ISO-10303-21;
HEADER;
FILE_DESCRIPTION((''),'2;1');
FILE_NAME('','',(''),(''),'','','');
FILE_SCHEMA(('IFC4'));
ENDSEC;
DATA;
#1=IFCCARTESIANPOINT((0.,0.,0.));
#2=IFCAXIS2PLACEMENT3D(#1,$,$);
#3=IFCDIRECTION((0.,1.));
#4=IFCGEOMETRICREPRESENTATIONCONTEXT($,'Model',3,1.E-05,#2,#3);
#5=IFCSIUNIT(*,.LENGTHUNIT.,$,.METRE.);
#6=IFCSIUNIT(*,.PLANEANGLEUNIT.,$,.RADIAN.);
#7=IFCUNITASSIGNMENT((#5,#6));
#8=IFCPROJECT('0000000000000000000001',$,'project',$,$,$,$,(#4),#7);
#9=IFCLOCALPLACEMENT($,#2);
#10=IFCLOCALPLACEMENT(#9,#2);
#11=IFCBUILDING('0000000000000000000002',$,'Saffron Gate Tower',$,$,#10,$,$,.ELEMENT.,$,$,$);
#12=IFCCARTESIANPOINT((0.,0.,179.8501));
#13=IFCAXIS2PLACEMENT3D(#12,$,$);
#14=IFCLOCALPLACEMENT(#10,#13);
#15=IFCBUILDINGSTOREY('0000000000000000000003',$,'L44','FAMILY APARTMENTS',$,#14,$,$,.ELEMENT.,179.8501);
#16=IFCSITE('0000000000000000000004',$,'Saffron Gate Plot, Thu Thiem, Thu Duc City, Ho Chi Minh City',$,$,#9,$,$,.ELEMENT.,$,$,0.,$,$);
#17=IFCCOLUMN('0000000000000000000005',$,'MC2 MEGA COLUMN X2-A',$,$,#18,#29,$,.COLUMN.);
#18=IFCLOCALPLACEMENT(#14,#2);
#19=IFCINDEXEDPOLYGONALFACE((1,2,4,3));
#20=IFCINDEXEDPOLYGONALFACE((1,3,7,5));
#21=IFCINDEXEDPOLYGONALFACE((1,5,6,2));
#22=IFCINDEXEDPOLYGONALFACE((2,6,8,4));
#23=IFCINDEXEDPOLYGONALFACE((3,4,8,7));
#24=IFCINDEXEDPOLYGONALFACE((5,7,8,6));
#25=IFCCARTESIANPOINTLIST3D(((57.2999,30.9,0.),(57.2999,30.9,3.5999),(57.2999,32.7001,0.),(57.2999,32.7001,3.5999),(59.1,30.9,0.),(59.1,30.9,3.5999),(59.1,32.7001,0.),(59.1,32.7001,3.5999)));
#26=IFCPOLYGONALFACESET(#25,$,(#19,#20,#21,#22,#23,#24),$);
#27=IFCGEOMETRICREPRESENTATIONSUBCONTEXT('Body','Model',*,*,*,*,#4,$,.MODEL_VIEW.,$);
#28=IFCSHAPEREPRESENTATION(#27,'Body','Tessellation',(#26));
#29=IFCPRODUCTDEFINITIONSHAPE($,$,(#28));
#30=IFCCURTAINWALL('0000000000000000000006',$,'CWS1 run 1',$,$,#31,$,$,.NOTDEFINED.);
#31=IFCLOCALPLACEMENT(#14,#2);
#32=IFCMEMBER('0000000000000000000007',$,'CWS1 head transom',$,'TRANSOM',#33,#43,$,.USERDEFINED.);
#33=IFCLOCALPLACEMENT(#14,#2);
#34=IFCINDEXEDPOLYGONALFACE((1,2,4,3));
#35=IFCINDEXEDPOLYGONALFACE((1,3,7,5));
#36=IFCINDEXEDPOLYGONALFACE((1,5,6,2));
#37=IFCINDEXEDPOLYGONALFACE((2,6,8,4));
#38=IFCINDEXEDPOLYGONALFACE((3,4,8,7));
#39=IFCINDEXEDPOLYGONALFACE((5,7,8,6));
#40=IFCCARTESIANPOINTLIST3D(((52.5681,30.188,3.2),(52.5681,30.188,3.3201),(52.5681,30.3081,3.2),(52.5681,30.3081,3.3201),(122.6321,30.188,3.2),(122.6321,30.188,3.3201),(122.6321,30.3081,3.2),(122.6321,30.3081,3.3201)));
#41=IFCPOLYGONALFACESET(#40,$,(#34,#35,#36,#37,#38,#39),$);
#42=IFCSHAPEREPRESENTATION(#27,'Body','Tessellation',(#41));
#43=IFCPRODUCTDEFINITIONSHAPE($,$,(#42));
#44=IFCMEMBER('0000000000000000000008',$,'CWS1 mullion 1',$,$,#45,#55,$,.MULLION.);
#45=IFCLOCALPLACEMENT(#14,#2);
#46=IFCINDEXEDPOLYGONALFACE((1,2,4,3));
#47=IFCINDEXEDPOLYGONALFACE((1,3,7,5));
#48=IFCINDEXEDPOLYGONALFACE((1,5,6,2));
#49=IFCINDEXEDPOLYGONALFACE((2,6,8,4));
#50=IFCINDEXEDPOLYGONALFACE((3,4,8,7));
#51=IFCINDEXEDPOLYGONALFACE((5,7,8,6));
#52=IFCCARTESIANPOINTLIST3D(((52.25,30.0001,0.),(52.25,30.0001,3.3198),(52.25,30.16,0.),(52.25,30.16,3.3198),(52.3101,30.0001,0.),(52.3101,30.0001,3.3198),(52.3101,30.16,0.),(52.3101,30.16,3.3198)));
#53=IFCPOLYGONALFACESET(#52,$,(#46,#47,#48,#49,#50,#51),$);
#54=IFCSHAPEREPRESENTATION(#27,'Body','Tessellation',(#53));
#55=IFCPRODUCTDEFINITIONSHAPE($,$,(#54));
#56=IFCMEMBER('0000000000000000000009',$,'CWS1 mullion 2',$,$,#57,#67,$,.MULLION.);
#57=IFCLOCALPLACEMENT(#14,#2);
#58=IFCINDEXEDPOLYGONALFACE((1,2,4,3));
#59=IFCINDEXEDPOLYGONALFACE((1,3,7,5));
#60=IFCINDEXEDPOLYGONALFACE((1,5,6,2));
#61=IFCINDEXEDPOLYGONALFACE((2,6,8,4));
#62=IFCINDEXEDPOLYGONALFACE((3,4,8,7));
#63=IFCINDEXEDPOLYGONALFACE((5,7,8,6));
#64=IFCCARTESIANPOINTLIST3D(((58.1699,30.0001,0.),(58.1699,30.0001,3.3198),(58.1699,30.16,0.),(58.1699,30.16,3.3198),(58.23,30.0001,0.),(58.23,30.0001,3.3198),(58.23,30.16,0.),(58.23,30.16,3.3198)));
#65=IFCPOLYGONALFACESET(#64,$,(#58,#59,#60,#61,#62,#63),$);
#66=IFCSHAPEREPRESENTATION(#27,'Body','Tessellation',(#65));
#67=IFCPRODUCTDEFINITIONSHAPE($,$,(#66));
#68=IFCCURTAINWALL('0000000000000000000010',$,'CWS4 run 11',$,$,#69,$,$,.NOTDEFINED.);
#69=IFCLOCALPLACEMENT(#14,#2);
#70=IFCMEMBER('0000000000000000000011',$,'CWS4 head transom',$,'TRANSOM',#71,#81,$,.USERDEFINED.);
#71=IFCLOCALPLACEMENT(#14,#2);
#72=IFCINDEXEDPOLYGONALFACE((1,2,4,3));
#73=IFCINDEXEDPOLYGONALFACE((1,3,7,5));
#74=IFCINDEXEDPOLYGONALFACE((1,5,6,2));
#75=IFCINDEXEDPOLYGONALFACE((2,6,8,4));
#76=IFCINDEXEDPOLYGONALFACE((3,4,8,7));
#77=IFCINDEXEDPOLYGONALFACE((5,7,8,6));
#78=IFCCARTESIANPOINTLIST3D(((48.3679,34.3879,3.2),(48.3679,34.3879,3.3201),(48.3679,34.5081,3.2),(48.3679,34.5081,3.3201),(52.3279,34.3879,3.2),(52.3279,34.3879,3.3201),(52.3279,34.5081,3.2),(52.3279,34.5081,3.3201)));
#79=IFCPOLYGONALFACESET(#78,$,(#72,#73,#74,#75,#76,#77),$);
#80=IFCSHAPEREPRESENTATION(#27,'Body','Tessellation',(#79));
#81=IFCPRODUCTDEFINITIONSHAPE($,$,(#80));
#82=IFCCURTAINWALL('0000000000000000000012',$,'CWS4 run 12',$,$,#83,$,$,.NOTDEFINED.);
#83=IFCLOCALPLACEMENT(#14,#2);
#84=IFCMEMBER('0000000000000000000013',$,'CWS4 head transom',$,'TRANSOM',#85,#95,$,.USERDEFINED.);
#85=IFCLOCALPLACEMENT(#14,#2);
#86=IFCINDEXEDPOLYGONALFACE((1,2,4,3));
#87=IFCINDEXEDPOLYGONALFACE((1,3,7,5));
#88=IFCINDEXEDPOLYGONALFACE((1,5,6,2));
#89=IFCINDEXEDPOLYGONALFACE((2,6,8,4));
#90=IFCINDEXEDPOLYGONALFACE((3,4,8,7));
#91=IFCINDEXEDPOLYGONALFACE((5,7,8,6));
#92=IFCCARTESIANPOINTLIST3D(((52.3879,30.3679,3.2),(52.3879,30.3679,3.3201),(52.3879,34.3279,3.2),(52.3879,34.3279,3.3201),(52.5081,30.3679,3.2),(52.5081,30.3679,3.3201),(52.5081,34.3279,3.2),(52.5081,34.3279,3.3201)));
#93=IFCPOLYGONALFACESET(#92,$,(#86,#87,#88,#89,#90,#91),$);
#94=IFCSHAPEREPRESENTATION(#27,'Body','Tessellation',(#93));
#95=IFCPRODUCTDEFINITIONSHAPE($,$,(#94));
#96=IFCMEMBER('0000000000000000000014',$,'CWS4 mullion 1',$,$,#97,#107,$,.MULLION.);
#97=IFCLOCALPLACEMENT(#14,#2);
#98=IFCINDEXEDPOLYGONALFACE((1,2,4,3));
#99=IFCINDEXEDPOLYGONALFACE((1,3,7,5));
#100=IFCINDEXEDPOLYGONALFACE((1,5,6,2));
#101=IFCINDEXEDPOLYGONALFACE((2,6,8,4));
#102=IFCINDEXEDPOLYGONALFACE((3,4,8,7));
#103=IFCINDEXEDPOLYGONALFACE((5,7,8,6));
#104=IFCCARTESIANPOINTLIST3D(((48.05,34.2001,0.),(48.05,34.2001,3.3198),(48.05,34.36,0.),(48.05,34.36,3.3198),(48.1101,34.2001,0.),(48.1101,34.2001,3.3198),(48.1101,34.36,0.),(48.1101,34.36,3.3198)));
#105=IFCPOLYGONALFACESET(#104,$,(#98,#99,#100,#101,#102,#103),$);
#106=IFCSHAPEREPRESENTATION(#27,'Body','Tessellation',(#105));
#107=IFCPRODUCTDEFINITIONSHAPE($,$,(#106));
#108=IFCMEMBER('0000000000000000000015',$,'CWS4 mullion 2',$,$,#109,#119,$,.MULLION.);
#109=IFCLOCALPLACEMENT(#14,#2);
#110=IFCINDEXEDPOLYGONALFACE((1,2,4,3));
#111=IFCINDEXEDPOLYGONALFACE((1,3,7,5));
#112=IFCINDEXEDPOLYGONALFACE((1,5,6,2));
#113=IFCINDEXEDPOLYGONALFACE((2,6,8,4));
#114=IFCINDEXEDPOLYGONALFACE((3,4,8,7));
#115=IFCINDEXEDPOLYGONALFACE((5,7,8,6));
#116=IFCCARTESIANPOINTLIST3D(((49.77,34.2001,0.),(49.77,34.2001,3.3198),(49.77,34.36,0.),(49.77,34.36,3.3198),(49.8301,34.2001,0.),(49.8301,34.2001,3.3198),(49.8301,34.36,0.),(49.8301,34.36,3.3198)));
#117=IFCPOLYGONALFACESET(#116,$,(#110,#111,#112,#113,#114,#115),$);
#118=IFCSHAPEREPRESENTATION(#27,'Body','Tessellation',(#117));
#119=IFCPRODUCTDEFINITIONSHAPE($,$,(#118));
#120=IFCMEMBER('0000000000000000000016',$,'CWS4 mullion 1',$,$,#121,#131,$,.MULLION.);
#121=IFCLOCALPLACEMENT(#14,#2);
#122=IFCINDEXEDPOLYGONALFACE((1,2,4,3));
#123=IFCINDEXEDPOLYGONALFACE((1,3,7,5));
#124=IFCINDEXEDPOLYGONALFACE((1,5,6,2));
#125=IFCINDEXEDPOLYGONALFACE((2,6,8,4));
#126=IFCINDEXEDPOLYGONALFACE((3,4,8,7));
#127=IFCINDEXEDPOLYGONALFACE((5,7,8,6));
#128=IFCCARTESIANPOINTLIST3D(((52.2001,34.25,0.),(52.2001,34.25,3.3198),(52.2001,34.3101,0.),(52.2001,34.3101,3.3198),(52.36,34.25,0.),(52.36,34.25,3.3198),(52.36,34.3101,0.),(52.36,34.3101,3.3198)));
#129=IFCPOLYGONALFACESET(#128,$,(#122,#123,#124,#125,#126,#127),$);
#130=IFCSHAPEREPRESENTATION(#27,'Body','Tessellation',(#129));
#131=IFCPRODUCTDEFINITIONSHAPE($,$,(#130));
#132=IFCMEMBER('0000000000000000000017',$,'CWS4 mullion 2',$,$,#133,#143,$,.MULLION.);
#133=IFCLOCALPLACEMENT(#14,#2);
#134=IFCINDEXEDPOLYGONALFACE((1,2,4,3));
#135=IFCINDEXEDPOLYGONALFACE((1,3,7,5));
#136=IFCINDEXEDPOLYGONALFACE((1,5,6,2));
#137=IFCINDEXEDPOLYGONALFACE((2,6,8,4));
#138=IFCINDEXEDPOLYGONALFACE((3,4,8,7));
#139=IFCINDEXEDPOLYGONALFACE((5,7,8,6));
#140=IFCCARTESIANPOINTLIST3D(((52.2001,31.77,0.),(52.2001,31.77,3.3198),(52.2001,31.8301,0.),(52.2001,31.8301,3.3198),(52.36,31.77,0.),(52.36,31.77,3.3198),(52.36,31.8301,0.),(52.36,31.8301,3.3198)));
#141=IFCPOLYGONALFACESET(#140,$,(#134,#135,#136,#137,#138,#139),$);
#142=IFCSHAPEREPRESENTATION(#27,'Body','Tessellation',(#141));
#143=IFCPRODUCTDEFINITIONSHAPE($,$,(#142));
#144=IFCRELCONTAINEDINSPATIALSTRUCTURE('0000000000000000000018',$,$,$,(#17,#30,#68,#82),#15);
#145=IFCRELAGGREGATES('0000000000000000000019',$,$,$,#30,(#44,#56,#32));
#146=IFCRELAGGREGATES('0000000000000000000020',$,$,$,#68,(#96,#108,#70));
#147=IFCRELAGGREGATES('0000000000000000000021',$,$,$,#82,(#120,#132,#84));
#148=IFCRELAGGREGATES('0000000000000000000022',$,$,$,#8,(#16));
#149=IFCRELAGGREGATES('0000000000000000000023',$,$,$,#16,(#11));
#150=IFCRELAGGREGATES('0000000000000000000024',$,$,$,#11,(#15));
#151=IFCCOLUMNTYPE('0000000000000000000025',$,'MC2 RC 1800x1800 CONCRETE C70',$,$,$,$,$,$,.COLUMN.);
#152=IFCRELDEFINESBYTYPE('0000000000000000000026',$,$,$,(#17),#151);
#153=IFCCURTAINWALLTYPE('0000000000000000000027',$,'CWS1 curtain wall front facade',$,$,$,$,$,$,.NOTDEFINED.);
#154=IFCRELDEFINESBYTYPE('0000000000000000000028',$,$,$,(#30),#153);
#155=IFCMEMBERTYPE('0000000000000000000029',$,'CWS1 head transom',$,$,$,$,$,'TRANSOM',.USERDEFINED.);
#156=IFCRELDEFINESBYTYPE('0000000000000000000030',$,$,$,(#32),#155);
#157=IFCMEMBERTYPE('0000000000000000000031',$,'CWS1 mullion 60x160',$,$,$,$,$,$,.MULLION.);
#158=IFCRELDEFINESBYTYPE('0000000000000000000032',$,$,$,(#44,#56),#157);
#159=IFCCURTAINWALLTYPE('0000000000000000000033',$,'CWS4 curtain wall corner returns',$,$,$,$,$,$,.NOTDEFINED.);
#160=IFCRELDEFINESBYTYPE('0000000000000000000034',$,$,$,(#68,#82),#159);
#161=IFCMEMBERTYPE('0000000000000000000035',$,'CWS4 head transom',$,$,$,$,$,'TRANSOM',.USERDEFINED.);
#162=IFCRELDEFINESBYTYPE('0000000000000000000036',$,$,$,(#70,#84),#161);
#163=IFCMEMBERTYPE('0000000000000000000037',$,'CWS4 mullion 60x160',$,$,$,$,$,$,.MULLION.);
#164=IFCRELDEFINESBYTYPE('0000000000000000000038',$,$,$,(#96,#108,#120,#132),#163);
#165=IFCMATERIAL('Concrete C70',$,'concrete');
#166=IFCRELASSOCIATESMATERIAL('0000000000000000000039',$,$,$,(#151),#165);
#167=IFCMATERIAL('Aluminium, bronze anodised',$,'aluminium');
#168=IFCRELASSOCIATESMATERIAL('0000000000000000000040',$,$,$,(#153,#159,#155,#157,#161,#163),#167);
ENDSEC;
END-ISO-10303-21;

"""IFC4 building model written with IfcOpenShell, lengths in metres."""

from ifc_helpers import new_model, si_unit, direction, frame, origin, origin_2d, place, context, subcontext, project, spatial, rectangle, extrude, material, material_profile, profile_set, type_object, element, aggregate, save


model = new_model("IFC4")

# Units and contexts
model_context = context("Model", 3, precision=1e-05, world=origin(), true_north=direction((0.0, 1.0)))
body_context = subcontext(model_context, "Body", "Model", "MODEL_VIEW")
ifc_project = project(units=[si_unit("LENGTHUNIT", "METRE"), si_unit("PLANEANGLEUNIT", "RADIAN")], contexts=[model_context])

# Site, building, storey
site_placement = place(None, origin())
site = spatial("IfcSite", under=ifc_project, at=site_placement, Name="Saffron Gate Plot, Thu Thiem, Thu Duc City, Ho Chi Minh City", CompositionType="ELEMENT", RefElevation=0.0)
building_placement = place(site_placement, origin())
building = spatial("IfcBuilding", under=site, at=building_placement, Name="Saffron Gate Tower", CompositionType="ELEMENT")
storey_placement = place(building_placement, frame((0.0, 0.0, 179.8501)))
storey = spatial("IfcBuildingStorey", under=building, at=storey_placement, Name="L44", Description="FAMILY APARTMENTS", CompositionType="ELEMENT", Elevation=179.8501)

# Column
ifc_material_1 = material(Name="Concrete C70", Category="concrete")
ifc_material_profile_1 = material_profile(ifc_material_1, rectangle(XDim=1.8, YDim=1.8, at=origin_2d()))
ifc_profile_set_1 = profile_set([ifc_material_profile_1], Name="Concrete C70")
column_type = type_object("IfcColumnType", Name="MC2 RC 1800x1800 CONCRETE C70", PredefinedType="COLUMN", material=ifc_profile_set_1)
column_placement = place(storey_placement, frame((58.2, 31.8, 0.0), z_axis=(0.0, 0.0, 1.0), x_axis=(1.0, 0.0, 0.0)))
element("IfcColumn", 1, at=column_placement, inside=storey, type_object=column_type, Name="MC2 MEGA COLUMN X2-A", PredefinedType="COLUMN", context=body_context, shape_type="SweptSolid", body=[
    extrude(rectangle(XDim=1.8, YDim=1.8, at=origin_2d()), origin(), (0.0, 0.0, 1.0), 3.5999),
])

# Curtain wall, members
ifc_material_2 = material(Name="Aluminium, bronze anodised", Category="aluminium")
curtain_wall_type_1 = type_object("IfcCurtainWallType", Name="CWS1 curtain wall front facade", PredefinedType="NOTDEFINED", material=ifc_material_2)
curtain_wall_1_placement = place(storey_placement, origin())
curtain_wall_1 = element("IfcCurtainWall", 2, at=curtain_wall_1_placement, inside=storey, type_object=curtain_wall_type_1, Name="CWS1 run 1", PredefinedType="NOTDEFINED")
ifc_material_profile_2 = material_profile(ifc_material_2, rectangle(XDim=0.1201, YDim=0.1201, at=origin_2d()))
ifc_profile_set_2 = profile_set([ifc_material_profile_2], Name="Aluminium, bronze anodised")
member_type_1 = type_object("IfcMemberType", Name="CWS1 head transom", ElementType="TRANSOM", PredefinedType="USERDEFINED", material=ifc_profile_set_2)
member_1_placement = place(storey_placement, frame((52.5681, 30.248, 3.26), z_axis=(1.0, 0.0, 0.0), x_axis=(0.0, 1.0, 0.0)))
member_1 = element("IfcMember", 3, at=member_1_placement, type_object=member_type_1, Name="CWS1 head transom", ObjectType="TRANSOM", PredefinedType="USERDEFINED", context=body_context, shape_type="SweptSolid", body=[
    extrude(rectangle(XDim=0.1201, YDim=0.1201, at=origin_2d()), origin(), (0.0, 0.0, 1.0), 70.064),
])
ifc_material_profile_3 = material_profile(ifc_material_2, rectangle(XDim=0.1599, YDim=0.0601, at=origin_2d()))
ifc_profile_set_3 = profile_set([ifc_material_profile_3], Name="Aluminium, bronze anodised")
member_type_2 = type_object("IfcMemberType", Name="CWS1 mullion 60x160", PredefinedType="MULLION", material=ifc_profile_set_3)
member_2_placement = place(storey_placement, frame((52.28, 30.0801, 0.0), z_axis=(0.0, 0.0, 1.0), x_axis=(0.0, 1.0, 0.0)))
member_2 = element("IfcMember", 4, at=member_2_placement, type_object=member_type_2, Name="CWS1 mullion 1", PredefinedType="MULLION", context=body_context, shape_type="SweptSolid", body=[
    extrude(rectangle(XDim=0.1599, YDim=0.0601, at=origin_2d()), origin(), (0.0, 0.0, 1.0), 3.3198),
])
member_3_placement = place(storey_placement, frame((58.2, 30.0801, 0.0), z_axis=(0.0, 0.0, 1.0), x_axis=(0.0, 1.0, 0.0)))
member_3 = element("IfcMember", 5, at=member_3_placement, type_object=member_type_2, Name="CWS1 mullion 2", PredefinedType="MULLION", context=body_context, shape_type="SweptSolid", body=[
    extrude(rectangle(XDim=0.1599, YDim=0.0601, at=origin_2d()), origin(), (0.0, 0.0, 1.0), 3.3198),
])

# Curtain walls, members
curtain_wall_type_2 = type_object("IfcCurtainWallType", Name="CWS4 curtain wall corner returns", PredefinedType="NOTDEFINED", material=ifc_material_2)
curtain_wall_2_placement = place(storey_placement, origin())
curtain_wall_2 = element("IfcCurtainWall", 6, at=curtain_wall_2_placement, inside=storey, type_object=curtain_wall_type_2, Name="CWS4 run 11", PredefinedType="NOTDEFINED")
ifc_material_profile_4 = material_profile(ifc_material_2, rectangle(XDim=0.1201, YDim=0.1201, at=origin_2d()))
ifc_profile_set_4 = profile_set([ifc_material_profile_4], Name="Aluminium, bronze anodised")
member_type_3 = type_object("IfcMemberType", Name="CWS4 head transom", ElementType="TRANSOM", PredefinedType="USERDEFINED", material=ifc_profile_set_4)
member_4_placement = place(storey_placement, frame((48.3679, 34.448, 3.26), z_axis=(1.0, 0.0, 0.0), x_axis=(0.0, 1.0, 0.0)))
member_4 = element("IfcMember", 7, at=member_4_placement, type_object=member_type_3, Name="CWS4 head transom", ObjectType="TRANSOM", PredefinedType="USERDEFINED", context=body_context, shape_type="SweptSolid", body=[
    extrude(rectangle(XDim=0.1201, YDim=0.1201, at=origin_2d()), origin(), (0.0, 0.0, 1.0), 3.96),
])
curtain_wall_3_placement = place(storey_placement, origin())
curtain_wall_3 = element("IfcCurtainWall", 8, at=curtain_wall_3_placement, inside=storey, type_object=curtain_wall_type_2, Name="CWS4 run 12", PredefinedType="NOTDEFINED")
member_5_placement = place(storey_placement, frame((52.448, 34.3279, 3.26), z_axis=(0.0, -1.0, 0.0), x_axis=(1.0, 0.0, 0.0)))
member_5 = element("IfcMember", 9, at=member_5_placement, type_object=member_type_3, Name="CWS4 head transom", ObjectType="TRANSOM", PredefinedType="USERDEFINED", context=body_context, shape_type="SweptSolid", body=[
    extrude(rectangle(XDim=0.1201, YDim=0.1201, at=origin_2d()), origin(), (0.0, 0.0, 1.0), 3.96),
])

# Members
ifc_material_profile_5 = material_profile(ifc_material_2, rectangle(XDim=0.1599, YDim=0.0601, at=origin_2d()))
ifc_profile_set_5 = profile_set([ifc_material_profile_5], Name="Aluminium, bronze anodised")
member_type_4 = type_object("IfcMemberType", Name="CWS4 mullion 60x160", PredefinedType="MULLION", material=ifc_profile_set_5)
member_6_placement = place(storey_placement, frame((48.0801, 34.28, 0.0), z_axis=(0.0, 0.0, 1.0), x_axis=(0.0, 1.0, 0.0)))
member_6 = element("IfcMember", 10, at=member_6_placement, type_object=member_type_4, Name="CWS4 mullion 1", PredefinedType="MULLION", context=body_context, shape_type="SweptSolid", body=[
    extrude(rectangle(XDim=0.1599, YDim=0.0601, at=origin_2d()), origin(), (0.0, 0.0, 1.0), 3.3198),
])
member_7_placement = place(storey_placement, frame((49.8, 34.28, 0.0), z_axis=(0.0, 0.0, 1.0), x_axis=(0.0, 1.0, 0.0)))
member_7 = element("IfcMember", 11, at=member_7_placement, type_object=member_type_4, Name="CWS4 mullion 2", PredefinedType="MULLION", context=body_context, shape_type="SweptSolid", body=[
    extrude(rectangle(XDim=0.1599, YDim=0.0601, at=origin_2d()), origin(), (0.0, 0.0, 1.0), 3.3198),
])
member_8_placement = place(storey_placement, frame((52.28, 34.28, 0.0), z_axis=(0.0, 0.0, 1.0), x_axis=(1.0, 0.0, 0.0)))
member_8 = element("IfcMember", 12, at=member_8_placement, type_object=member_type_4, Name="CWS4 mullion 1", PredefinedType="MULLION", context=body_context, shape_type="SweptSolid", body=[
    extrude(rectangle(XDim=0.1599, YDim=0.0601, at=origin_2d()), origin(), (0.0, 0.0, 1.0), 3.3198),
])
member_9_placement = place(storey_placement, frame((52.28, 31.8, 0.0), z_axis=(0.0, 0.0, 1.0), x_axis=(1.0, 0.0, 0.0)))
member_9 = element("IfcMember", 13, at=member_9_placement, type_object=member_type_4, Name="CWS4 mullion 2", PredefinedType="MULLION", context=body_context, shape_type="SweptSolid", body=[
    extrude(rectangle(XDim=0.1599, YDim=0.0601, at=origin_2d()), origin(), (0.0, 0.0, 1.0), 3.3198),
])

aggregate(curtain_wall_1, [member_2, member_3, member_1])

aggregate(curtain_wall_2, [member_6, member_7, member_4])
aggregate(curtain_wall_3, [member_8, member_9, member_5])

save(model, "model.ifc")
